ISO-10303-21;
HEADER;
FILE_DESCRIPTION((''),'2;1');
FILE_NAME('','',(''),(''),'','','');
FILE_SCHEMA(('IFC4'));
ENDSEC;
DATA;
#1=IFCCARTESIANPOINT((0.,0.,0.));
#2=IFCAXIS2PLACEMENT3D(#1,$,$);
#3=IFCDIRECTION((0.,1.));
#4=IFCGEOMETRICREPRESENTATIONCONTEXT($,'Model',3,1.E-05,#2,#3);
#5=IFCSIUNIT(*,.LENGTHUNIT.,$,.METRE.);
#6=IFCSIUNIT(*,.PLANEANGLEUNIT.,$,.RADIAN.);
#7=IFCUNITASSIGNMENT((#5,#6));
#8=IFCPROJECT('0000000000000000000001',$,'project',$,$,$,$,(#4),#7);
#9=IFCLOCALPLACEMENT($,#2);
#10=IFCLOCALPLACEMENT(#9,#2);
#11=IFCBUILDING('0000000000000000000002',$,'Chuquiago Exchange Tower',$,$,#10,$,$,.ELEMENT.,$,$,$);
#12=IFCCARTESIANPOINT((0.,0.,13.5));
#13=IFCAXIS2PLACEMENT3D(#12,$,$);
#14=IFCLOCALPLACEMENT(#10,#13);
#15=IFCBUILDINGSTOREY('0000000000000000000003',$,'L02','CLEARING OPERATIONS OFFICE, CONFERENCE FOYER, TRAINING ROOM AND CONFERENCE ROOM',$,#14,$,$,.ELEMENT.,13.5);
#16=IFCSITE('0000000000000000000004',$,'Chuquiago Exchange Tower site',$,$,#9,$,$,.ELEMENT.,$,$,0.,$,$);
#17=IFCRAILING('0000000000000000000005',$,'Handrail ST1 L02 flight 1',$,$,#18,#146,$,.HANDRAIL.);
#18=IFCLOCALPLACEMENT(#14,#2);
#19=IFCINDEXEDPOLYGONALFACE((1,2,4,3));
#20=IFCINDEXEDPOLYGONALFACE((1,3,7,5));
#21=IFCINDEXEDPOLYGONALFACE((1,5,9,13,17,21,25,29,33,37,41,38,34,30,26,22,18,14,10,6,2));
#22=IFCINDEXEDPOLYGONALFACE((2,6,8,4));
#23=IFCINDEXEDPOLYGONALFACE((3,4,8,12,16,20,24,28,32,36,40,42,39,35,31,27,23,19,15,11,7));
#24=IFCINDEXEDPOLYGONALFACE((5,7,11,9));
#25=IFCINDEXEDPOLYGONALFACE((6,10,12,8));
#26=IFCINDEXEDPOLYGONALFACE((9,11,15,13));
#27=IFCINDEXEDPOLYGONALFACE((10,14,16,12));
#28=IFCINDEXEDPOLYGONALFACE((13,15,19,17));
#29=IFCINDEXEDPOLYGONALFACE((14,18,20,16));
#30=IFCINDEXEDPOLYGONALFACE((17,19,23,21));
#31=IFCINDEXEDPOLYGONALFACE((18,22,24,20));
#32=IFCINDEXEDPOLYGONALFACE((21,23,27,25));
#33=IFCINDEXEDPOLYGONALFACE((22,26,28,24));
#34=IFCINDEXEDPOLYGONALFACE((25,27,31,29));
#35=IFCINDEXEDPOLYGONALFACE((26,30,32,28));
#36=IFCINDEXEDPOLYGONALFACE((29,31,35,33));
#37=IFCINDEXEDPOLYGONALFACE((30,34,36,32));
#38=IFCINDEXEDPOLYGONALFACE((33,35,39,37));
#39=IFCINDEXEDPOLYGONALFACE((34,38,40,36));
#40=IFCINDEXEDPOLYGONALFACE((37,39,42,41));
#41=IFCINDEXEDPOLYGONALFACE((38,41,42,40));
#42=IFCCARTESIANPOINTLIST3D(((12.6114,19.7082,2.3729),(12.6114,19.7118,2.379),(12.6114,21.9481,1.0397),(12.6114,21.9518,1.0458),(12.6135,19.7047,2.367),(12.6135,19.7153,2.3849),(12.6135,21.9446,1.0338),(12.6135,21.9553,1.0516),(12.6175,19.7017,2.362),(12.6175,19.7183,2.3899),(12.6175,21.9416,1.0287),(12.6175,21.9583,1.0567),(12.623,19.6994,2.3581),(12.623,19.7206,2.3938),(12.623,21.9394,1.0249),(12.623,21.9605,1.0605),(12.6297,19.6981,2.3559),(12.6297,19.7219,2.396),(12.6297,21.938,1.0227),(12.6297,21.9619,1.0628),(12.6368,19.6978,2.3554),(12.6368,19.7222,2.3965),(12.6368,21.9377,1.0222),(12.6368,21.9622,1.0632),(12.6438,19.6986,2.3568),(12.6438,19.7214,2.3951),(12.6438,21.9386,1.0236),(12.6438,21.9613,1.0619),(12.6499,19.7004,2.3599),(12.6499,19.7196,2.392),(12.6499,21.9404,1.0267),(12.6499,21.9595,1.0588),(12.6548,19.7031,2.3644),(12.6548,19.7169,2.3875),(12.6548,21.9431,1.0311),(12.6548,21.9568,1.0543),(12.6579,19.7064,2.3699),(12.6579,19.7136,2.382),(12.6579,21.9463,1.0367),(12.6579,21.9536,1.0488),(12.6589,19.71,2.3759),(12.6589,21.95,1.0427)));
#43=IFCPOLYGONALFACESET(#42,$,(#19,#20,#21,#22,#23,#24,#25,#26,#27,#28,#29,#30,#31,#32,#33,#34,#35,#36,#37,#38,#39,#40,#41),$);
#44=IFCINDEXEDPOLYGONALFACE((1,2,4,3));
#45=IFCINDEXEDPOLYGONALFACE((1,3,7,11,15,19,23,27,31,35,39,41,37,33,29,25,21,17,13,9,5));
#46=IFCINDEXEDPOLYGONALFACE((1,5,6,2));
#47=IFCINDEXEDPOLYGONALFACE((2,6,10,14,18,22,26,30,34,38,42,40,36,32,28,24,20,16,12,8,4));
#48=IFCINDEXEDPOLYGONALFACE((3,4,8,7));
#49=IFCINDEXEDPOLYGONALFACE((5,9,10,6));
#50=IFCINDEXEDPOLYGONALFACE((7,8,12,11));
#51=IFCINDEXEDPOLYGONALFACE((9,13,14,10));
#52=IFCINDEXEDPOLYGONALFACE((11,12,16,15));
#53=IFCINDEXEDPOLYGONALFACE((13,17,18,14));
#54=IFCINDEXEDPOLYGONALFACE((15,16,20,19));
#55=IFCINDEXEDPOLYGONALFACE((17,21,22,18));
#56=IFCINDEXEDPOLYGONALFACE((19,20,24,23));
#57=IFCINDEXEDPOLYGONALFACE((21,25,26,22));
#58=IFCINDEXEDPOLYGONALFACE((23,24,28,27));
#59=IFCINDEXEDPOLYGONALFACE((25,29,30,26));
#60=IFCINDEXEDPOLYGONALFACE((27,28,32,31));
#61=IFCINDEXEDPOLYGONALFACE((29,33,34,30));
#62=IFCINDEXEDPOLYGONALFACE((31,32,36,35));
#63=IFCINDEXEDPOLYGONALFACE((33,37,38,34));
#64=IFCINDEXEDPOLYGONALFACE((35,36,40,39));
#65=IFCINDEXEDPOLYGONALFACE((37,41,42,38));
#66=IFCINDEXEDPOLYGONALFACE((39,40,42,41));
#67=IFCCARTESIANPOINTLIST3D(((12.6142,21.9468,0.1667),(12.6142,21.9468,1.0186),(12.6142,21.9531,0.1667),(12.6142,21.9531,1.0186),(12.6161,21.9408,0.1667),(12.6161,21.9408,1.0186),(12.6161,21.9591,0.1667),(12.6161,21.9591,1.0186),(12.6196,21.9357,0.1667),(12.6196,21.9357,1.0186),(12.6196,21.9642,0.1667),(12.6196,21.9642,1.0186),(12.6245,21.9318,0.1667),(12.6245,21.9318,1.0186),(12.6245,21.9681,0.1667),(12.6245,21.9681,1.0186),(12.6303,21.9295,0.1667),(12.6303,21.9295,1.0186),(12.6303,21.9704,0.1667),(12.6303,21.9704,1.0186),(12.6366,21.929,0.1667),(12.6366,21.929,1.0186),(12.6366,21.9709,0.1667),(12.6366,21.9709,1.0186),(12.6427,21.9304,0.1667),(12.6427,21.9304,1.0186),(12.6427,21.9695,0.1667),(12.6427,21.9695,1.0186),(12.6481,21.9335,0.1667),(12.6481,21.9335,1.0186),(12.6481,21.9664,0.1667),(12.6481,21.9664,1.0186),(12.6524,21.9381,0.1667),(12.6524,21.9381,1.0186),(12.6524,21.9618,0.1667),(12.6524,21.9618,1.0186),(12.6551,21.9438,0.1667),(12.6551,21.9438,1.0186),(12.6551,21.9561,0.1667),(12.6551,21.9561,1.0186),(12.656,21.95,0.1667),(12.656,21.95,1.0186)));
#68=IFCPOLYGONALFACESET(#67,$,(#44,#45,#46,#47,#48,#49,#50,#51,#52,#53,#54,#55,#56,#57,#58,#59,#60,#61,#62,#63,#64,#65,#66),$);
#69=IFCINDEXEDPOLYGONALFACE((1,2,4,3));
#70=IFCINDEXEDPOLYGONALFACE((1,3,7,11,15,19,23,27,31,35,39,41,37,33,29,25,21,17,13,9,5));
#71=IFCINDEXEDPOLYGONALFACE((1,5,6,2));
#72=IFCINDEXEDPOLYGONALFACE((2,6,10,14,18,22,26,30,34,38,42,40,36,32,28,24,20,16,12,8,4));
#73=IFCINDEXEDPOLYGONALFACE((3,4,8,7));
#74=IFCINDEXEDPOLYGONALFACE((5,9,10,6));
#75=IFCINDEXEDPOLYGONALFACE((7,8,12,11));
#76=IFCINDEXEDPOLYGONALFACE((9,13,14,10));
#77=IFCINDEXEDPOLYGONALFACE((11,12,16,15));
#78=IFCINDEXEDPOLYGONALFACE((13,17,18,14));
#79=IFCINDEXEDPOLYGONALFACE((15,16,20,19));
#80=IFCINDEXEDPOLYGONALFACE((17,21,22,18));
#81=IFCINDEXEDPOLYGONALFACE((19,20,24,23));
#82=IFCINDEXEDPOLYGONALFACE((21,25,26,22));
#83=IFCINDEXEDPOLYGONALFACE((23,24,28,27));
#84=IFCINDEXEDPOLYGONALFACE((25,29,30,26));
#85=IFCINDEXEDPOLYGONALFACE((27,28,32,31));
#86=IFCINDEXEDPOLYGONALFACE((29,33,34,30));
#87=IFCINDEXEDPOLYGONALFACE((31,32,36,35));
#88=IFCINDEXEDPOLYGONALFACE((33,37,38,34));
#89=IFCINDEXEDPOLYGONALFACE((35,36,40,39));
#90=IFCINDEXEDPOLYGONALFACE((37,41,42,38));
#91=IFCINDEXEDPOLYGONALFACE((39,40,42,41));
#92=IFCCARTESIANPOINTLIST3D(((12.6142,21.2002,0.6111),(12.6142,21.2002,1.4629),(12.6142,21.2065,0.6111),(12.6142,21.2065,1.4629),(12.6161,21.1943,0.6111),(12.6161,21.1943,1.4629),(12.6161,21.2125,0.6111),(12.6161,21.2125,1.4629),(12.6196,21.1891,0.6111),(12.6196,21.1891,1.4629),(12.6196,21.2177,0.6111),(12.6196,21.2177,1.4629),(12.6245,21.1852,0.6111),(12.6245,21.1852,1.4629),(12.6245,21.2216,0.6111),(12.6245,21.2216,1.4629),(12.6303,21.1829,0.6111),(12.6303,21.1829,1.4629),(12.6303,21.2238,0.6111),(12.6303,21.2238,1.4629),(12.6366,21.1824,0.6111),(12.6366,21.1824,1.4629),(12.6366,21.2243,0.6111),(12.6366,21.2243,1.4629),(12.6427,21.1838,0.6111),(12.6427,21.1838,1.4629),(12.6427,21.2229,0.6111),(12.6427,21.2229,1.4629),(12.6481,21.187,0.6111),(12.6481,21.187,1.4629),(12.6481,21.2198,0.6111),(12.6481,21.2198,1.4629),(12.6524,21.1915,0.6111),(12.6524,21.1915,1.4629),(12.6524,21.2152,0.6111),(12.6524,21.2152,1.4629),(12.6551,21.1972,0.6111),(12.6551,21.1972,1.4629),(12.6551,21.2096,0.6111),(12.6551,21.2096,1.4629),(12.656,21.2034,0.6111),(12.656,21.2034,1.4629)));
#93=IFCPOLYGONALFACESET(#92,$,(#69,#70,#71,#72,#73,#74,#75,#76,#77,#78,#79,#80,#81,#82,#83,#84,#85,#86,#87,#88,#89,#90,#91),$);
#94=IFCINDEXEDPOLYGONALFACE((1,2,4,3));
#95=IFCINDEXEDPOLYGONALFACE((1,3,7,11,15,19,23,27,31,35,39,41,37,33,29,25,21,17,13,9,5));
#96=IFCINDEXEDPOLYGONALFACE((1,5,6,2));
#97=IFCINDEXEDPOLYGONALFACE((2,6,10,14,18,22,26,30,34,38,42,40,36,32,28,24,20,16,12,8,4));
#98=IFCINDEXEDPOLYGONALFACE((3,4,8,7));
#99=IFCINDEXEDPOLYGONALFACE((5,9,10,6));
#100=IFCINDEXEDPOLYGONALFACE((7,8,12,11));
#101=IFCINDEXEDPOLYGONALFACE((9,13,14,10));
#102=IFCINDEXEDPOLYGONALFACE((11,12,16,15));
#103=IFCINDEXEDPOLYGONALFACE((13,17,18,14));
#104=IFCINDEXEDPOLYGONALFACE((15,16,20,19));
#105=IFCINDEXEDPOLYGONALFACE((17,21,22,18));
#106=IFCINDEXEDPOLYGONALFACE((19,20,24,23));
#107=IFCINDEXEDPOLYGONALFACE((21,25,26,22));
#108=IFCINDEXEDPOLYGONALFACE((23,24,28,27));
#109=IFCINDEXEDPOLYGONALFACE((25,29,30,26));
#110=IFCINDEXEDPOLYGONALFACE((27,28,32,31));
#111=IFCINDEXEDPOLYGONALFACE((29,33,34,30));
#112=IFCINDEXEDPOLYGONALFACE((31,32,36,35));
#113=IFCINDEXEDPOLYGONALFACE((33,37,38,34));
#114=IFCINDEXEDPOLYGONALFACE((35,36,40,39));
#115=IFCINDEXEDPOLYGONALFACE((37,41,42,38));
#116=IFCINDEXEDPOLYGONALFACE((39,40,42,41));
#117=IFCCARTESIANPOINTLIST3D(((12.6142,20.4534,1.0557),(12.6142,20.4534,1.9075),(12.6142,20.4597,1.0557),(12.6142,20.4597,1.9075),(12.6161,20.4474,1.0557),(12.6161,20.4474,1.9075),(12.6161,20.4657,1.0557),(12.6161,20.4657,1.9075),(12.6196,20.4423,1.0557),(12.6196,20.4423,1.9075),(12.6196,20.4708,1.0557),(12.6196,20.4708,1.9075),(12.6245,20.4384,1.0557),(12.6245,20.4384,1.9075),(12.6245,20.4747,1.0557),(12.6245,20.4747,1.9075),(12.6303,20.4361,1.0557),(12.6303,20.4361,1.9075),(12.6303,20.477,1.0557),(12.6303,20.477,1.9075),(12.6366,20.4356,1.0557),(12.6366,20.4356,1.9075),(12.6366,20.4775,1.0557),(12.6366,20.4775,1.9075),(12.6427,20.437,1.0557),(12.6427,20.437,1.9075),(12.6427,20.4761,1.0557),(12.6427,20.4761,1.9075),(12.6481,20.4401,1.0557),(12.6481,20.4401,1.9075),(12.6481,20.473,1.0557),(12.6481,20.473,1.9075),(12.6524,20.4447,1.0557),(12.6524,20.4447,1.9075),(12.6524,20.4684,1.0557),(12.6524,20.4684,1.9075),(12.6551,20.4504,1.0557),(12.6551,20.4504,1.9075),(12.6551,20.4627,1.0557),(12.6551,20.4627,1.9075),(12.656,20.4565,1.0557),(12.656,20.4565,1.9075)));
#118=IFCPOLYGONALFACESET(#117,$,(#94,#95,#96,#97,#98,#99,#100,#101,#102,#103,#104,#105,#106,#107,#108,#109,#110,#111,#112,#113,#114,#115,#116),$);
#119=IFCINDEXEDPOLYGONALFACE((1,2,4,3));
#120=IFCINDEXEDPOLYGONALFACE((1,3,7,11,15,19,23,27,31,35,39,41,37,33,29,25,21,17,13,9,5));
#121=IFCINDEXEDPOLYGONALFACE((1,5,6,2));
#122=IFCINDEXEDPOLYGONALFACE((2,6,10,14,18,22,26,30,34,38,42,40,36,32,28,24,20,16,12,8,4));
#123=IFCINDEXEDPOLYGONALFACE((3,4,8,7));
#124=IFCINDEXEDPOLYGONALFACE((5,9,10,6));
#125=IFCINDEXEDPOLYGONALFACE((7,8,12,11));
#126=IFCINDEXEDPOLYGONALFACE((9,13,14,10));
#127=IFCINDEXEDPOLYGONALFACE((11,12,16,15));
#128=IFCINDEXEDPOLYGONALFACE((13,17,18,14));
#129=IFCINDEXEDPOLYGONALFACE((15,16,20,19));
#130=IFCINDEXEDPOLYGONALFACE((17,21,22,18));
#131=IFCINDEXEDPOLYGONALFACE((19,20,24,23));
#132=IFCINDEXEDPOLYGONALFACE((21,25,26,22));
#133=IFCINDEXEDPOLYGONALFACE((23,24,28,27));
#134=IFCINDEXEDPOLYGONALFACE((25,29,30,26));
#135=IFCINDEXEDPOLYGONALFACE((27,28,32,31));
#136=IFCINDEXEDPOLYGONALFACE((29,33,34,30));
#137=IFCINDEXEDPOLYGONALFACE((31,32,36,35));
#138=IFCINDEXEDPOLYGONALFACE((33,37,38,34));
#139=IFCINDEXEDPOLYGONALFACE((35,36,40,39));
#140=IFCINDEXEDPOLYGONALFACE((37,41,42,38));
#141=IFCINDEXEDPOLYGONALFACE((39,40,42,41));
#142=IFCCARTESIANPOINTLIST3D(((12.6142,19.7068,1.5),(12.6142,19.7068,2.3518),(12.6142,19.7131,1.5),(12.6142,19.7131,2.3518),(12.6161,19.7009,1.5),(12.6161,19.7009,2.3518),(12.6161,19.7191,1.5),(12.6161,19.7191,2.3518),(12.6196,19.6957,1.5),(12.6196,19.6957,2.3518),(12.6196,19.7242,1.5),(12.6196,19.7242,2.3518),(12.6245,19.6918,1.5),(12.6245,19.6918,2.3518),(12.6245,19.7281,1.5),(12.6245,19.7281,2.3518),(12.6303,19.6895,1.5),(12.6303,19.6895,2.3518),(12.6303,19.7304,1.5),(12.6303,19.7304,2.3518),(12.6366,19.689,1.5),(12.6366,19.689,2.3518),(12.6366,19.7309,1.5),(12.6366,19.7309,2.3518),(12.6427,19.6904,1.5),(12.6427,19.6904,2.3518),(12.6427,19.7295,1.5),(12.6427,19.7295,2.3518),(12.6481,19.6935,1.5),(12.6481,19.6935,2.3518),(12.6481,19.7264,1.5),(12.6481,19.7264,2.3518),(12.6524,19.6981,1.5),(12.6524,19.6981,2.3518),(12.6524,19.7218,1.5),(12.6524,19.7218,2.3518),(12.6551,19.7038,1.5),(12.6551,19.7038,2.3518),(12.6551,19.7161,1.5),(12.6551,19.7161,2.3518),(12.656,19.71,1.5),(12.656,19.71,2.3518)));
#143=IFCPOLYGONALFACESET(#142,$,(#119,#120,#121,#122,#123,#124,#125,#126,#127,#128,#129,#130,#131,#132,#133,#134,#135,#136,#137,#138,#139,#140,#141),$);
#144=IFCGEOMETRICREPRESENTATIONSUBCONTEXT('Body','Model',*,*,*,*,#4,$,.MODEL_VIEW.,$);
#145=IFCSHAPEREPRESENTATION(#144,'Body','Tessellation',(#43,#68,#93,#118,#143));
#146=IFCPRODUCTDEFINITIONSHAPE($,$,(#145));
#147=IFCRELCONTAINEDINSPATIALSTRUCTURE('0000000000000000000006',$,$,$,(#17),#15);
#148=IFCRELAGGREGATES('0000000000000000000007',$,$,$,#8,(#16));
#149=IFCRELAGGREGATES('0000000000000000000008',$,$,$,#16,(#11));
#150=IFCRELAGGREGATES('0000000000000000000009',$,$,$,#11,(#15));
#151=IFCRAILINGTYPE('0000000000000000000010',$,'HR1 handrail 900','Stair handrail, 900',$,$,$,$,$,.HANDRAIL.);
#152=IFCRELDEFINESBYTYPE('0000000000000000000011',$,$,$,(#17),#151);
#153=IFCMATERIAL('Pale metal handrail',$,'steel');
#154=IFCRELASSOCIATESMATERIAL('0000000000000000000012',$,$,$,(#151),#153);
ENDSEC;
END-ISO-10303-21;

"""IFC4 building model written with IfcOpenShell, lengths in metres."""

from ifc_helpers import new_model, si_unit, direction, frame, origin, origin_2d, place, context, subcontext, project, spatial, circle, extrude, material, type_object, element, save


model = new_model("IFC4")

# Units and contexts
model_context = context("Model", 3, precision=1e-05, world=origin(), true_north=direction((0.0, 1.0)))
body_context = subcontext(model_context, "Body", "Model", "MODEL_VIEW")
ifc_project = project(units=[si_unit("LENGTHUNIT", "METRE"), si_unit("PLANEANGLEUNIT", "RADIAN")], contexts=[model_context])

# Site, building, storey
site_placement = place(None, origin())
site = spatial("IfcSite", under=ifc_project, at=site_placement, Name="Chuquiago Exchange Tower site", CompositionType="ELEMENT", RefElevation=0.0)
building_placement = place(site_placement, origin())
building = spatial("IfcBuilding", under=site, at=building_placement, Name="Chuquiago Exchange Tower", CompositionType="ELEMENT")
storey_placement = place(building_placement, frame((0.0, 0.0, 13.5)))
storey = spatial("IfcBuildingStorey", under=building, at=storey_placement, Name="L02", Description="CLEARING OPERATIONS OFFICE, CONFERENCE FOYER, TRAINING ROOM AND CONFERENCE ROOM", CompositionType="ELEMENT", Elevation=13.5)

# Railing
ifc_material_1 = material(Name="Pale metal handrail", Category="steel")
railing_type = type_object("IfcRailingType", Name="HR1 handrail 900", Description="Stair handrail, 900", PredefinedType="HANDRAIL", material=ifc_material_1)
for number, where, name in (
    (1, (12.635, 21.95, 0.1667), "Handrail ST1 L02 flight 1"),
):
    element("IfcRailing", number, at=place(storey_placement, frame(where)), inside=storey, type_object=railing_type, Name=name, PredefinedType="HANDRAIL", context=body_context, shape_type="SweptSolid", body=[
        extrude(circle(Radius=0.0239, at=origin_2d()), frame((0.0, 0.0, 0.876), z_axis=(0.0, -0.859306, 0.511462), x_axis=(1.0, 0.0, 0.0)), (0.0, 0.0, 1.0), 2.6067),
        extrude(circle(Radius=0.021, at=origin_2d()), origin(), (0.0, 0.0, 1.0), 0.8518),
        extrude(circle(Radius=0.021, at=origin_2d()), frame((0.0, -0.7466, 0.4443)), (0.0, 0.0, 1.0), 0.8518),
        extrude(circle(Radius=0.021, at=origin_2d()), frame((0.0, -1.4934, 0.8889)), (0.0, 0.0, 1.0), 0.8518),
        extrude(circle(Radius=0.021, at=origin_2d()), frame((0.0, -2.24, 1.3333)), (0.0, 0.0, 1.0), 0.8518),
    ])

save(model, "model.ifc")
